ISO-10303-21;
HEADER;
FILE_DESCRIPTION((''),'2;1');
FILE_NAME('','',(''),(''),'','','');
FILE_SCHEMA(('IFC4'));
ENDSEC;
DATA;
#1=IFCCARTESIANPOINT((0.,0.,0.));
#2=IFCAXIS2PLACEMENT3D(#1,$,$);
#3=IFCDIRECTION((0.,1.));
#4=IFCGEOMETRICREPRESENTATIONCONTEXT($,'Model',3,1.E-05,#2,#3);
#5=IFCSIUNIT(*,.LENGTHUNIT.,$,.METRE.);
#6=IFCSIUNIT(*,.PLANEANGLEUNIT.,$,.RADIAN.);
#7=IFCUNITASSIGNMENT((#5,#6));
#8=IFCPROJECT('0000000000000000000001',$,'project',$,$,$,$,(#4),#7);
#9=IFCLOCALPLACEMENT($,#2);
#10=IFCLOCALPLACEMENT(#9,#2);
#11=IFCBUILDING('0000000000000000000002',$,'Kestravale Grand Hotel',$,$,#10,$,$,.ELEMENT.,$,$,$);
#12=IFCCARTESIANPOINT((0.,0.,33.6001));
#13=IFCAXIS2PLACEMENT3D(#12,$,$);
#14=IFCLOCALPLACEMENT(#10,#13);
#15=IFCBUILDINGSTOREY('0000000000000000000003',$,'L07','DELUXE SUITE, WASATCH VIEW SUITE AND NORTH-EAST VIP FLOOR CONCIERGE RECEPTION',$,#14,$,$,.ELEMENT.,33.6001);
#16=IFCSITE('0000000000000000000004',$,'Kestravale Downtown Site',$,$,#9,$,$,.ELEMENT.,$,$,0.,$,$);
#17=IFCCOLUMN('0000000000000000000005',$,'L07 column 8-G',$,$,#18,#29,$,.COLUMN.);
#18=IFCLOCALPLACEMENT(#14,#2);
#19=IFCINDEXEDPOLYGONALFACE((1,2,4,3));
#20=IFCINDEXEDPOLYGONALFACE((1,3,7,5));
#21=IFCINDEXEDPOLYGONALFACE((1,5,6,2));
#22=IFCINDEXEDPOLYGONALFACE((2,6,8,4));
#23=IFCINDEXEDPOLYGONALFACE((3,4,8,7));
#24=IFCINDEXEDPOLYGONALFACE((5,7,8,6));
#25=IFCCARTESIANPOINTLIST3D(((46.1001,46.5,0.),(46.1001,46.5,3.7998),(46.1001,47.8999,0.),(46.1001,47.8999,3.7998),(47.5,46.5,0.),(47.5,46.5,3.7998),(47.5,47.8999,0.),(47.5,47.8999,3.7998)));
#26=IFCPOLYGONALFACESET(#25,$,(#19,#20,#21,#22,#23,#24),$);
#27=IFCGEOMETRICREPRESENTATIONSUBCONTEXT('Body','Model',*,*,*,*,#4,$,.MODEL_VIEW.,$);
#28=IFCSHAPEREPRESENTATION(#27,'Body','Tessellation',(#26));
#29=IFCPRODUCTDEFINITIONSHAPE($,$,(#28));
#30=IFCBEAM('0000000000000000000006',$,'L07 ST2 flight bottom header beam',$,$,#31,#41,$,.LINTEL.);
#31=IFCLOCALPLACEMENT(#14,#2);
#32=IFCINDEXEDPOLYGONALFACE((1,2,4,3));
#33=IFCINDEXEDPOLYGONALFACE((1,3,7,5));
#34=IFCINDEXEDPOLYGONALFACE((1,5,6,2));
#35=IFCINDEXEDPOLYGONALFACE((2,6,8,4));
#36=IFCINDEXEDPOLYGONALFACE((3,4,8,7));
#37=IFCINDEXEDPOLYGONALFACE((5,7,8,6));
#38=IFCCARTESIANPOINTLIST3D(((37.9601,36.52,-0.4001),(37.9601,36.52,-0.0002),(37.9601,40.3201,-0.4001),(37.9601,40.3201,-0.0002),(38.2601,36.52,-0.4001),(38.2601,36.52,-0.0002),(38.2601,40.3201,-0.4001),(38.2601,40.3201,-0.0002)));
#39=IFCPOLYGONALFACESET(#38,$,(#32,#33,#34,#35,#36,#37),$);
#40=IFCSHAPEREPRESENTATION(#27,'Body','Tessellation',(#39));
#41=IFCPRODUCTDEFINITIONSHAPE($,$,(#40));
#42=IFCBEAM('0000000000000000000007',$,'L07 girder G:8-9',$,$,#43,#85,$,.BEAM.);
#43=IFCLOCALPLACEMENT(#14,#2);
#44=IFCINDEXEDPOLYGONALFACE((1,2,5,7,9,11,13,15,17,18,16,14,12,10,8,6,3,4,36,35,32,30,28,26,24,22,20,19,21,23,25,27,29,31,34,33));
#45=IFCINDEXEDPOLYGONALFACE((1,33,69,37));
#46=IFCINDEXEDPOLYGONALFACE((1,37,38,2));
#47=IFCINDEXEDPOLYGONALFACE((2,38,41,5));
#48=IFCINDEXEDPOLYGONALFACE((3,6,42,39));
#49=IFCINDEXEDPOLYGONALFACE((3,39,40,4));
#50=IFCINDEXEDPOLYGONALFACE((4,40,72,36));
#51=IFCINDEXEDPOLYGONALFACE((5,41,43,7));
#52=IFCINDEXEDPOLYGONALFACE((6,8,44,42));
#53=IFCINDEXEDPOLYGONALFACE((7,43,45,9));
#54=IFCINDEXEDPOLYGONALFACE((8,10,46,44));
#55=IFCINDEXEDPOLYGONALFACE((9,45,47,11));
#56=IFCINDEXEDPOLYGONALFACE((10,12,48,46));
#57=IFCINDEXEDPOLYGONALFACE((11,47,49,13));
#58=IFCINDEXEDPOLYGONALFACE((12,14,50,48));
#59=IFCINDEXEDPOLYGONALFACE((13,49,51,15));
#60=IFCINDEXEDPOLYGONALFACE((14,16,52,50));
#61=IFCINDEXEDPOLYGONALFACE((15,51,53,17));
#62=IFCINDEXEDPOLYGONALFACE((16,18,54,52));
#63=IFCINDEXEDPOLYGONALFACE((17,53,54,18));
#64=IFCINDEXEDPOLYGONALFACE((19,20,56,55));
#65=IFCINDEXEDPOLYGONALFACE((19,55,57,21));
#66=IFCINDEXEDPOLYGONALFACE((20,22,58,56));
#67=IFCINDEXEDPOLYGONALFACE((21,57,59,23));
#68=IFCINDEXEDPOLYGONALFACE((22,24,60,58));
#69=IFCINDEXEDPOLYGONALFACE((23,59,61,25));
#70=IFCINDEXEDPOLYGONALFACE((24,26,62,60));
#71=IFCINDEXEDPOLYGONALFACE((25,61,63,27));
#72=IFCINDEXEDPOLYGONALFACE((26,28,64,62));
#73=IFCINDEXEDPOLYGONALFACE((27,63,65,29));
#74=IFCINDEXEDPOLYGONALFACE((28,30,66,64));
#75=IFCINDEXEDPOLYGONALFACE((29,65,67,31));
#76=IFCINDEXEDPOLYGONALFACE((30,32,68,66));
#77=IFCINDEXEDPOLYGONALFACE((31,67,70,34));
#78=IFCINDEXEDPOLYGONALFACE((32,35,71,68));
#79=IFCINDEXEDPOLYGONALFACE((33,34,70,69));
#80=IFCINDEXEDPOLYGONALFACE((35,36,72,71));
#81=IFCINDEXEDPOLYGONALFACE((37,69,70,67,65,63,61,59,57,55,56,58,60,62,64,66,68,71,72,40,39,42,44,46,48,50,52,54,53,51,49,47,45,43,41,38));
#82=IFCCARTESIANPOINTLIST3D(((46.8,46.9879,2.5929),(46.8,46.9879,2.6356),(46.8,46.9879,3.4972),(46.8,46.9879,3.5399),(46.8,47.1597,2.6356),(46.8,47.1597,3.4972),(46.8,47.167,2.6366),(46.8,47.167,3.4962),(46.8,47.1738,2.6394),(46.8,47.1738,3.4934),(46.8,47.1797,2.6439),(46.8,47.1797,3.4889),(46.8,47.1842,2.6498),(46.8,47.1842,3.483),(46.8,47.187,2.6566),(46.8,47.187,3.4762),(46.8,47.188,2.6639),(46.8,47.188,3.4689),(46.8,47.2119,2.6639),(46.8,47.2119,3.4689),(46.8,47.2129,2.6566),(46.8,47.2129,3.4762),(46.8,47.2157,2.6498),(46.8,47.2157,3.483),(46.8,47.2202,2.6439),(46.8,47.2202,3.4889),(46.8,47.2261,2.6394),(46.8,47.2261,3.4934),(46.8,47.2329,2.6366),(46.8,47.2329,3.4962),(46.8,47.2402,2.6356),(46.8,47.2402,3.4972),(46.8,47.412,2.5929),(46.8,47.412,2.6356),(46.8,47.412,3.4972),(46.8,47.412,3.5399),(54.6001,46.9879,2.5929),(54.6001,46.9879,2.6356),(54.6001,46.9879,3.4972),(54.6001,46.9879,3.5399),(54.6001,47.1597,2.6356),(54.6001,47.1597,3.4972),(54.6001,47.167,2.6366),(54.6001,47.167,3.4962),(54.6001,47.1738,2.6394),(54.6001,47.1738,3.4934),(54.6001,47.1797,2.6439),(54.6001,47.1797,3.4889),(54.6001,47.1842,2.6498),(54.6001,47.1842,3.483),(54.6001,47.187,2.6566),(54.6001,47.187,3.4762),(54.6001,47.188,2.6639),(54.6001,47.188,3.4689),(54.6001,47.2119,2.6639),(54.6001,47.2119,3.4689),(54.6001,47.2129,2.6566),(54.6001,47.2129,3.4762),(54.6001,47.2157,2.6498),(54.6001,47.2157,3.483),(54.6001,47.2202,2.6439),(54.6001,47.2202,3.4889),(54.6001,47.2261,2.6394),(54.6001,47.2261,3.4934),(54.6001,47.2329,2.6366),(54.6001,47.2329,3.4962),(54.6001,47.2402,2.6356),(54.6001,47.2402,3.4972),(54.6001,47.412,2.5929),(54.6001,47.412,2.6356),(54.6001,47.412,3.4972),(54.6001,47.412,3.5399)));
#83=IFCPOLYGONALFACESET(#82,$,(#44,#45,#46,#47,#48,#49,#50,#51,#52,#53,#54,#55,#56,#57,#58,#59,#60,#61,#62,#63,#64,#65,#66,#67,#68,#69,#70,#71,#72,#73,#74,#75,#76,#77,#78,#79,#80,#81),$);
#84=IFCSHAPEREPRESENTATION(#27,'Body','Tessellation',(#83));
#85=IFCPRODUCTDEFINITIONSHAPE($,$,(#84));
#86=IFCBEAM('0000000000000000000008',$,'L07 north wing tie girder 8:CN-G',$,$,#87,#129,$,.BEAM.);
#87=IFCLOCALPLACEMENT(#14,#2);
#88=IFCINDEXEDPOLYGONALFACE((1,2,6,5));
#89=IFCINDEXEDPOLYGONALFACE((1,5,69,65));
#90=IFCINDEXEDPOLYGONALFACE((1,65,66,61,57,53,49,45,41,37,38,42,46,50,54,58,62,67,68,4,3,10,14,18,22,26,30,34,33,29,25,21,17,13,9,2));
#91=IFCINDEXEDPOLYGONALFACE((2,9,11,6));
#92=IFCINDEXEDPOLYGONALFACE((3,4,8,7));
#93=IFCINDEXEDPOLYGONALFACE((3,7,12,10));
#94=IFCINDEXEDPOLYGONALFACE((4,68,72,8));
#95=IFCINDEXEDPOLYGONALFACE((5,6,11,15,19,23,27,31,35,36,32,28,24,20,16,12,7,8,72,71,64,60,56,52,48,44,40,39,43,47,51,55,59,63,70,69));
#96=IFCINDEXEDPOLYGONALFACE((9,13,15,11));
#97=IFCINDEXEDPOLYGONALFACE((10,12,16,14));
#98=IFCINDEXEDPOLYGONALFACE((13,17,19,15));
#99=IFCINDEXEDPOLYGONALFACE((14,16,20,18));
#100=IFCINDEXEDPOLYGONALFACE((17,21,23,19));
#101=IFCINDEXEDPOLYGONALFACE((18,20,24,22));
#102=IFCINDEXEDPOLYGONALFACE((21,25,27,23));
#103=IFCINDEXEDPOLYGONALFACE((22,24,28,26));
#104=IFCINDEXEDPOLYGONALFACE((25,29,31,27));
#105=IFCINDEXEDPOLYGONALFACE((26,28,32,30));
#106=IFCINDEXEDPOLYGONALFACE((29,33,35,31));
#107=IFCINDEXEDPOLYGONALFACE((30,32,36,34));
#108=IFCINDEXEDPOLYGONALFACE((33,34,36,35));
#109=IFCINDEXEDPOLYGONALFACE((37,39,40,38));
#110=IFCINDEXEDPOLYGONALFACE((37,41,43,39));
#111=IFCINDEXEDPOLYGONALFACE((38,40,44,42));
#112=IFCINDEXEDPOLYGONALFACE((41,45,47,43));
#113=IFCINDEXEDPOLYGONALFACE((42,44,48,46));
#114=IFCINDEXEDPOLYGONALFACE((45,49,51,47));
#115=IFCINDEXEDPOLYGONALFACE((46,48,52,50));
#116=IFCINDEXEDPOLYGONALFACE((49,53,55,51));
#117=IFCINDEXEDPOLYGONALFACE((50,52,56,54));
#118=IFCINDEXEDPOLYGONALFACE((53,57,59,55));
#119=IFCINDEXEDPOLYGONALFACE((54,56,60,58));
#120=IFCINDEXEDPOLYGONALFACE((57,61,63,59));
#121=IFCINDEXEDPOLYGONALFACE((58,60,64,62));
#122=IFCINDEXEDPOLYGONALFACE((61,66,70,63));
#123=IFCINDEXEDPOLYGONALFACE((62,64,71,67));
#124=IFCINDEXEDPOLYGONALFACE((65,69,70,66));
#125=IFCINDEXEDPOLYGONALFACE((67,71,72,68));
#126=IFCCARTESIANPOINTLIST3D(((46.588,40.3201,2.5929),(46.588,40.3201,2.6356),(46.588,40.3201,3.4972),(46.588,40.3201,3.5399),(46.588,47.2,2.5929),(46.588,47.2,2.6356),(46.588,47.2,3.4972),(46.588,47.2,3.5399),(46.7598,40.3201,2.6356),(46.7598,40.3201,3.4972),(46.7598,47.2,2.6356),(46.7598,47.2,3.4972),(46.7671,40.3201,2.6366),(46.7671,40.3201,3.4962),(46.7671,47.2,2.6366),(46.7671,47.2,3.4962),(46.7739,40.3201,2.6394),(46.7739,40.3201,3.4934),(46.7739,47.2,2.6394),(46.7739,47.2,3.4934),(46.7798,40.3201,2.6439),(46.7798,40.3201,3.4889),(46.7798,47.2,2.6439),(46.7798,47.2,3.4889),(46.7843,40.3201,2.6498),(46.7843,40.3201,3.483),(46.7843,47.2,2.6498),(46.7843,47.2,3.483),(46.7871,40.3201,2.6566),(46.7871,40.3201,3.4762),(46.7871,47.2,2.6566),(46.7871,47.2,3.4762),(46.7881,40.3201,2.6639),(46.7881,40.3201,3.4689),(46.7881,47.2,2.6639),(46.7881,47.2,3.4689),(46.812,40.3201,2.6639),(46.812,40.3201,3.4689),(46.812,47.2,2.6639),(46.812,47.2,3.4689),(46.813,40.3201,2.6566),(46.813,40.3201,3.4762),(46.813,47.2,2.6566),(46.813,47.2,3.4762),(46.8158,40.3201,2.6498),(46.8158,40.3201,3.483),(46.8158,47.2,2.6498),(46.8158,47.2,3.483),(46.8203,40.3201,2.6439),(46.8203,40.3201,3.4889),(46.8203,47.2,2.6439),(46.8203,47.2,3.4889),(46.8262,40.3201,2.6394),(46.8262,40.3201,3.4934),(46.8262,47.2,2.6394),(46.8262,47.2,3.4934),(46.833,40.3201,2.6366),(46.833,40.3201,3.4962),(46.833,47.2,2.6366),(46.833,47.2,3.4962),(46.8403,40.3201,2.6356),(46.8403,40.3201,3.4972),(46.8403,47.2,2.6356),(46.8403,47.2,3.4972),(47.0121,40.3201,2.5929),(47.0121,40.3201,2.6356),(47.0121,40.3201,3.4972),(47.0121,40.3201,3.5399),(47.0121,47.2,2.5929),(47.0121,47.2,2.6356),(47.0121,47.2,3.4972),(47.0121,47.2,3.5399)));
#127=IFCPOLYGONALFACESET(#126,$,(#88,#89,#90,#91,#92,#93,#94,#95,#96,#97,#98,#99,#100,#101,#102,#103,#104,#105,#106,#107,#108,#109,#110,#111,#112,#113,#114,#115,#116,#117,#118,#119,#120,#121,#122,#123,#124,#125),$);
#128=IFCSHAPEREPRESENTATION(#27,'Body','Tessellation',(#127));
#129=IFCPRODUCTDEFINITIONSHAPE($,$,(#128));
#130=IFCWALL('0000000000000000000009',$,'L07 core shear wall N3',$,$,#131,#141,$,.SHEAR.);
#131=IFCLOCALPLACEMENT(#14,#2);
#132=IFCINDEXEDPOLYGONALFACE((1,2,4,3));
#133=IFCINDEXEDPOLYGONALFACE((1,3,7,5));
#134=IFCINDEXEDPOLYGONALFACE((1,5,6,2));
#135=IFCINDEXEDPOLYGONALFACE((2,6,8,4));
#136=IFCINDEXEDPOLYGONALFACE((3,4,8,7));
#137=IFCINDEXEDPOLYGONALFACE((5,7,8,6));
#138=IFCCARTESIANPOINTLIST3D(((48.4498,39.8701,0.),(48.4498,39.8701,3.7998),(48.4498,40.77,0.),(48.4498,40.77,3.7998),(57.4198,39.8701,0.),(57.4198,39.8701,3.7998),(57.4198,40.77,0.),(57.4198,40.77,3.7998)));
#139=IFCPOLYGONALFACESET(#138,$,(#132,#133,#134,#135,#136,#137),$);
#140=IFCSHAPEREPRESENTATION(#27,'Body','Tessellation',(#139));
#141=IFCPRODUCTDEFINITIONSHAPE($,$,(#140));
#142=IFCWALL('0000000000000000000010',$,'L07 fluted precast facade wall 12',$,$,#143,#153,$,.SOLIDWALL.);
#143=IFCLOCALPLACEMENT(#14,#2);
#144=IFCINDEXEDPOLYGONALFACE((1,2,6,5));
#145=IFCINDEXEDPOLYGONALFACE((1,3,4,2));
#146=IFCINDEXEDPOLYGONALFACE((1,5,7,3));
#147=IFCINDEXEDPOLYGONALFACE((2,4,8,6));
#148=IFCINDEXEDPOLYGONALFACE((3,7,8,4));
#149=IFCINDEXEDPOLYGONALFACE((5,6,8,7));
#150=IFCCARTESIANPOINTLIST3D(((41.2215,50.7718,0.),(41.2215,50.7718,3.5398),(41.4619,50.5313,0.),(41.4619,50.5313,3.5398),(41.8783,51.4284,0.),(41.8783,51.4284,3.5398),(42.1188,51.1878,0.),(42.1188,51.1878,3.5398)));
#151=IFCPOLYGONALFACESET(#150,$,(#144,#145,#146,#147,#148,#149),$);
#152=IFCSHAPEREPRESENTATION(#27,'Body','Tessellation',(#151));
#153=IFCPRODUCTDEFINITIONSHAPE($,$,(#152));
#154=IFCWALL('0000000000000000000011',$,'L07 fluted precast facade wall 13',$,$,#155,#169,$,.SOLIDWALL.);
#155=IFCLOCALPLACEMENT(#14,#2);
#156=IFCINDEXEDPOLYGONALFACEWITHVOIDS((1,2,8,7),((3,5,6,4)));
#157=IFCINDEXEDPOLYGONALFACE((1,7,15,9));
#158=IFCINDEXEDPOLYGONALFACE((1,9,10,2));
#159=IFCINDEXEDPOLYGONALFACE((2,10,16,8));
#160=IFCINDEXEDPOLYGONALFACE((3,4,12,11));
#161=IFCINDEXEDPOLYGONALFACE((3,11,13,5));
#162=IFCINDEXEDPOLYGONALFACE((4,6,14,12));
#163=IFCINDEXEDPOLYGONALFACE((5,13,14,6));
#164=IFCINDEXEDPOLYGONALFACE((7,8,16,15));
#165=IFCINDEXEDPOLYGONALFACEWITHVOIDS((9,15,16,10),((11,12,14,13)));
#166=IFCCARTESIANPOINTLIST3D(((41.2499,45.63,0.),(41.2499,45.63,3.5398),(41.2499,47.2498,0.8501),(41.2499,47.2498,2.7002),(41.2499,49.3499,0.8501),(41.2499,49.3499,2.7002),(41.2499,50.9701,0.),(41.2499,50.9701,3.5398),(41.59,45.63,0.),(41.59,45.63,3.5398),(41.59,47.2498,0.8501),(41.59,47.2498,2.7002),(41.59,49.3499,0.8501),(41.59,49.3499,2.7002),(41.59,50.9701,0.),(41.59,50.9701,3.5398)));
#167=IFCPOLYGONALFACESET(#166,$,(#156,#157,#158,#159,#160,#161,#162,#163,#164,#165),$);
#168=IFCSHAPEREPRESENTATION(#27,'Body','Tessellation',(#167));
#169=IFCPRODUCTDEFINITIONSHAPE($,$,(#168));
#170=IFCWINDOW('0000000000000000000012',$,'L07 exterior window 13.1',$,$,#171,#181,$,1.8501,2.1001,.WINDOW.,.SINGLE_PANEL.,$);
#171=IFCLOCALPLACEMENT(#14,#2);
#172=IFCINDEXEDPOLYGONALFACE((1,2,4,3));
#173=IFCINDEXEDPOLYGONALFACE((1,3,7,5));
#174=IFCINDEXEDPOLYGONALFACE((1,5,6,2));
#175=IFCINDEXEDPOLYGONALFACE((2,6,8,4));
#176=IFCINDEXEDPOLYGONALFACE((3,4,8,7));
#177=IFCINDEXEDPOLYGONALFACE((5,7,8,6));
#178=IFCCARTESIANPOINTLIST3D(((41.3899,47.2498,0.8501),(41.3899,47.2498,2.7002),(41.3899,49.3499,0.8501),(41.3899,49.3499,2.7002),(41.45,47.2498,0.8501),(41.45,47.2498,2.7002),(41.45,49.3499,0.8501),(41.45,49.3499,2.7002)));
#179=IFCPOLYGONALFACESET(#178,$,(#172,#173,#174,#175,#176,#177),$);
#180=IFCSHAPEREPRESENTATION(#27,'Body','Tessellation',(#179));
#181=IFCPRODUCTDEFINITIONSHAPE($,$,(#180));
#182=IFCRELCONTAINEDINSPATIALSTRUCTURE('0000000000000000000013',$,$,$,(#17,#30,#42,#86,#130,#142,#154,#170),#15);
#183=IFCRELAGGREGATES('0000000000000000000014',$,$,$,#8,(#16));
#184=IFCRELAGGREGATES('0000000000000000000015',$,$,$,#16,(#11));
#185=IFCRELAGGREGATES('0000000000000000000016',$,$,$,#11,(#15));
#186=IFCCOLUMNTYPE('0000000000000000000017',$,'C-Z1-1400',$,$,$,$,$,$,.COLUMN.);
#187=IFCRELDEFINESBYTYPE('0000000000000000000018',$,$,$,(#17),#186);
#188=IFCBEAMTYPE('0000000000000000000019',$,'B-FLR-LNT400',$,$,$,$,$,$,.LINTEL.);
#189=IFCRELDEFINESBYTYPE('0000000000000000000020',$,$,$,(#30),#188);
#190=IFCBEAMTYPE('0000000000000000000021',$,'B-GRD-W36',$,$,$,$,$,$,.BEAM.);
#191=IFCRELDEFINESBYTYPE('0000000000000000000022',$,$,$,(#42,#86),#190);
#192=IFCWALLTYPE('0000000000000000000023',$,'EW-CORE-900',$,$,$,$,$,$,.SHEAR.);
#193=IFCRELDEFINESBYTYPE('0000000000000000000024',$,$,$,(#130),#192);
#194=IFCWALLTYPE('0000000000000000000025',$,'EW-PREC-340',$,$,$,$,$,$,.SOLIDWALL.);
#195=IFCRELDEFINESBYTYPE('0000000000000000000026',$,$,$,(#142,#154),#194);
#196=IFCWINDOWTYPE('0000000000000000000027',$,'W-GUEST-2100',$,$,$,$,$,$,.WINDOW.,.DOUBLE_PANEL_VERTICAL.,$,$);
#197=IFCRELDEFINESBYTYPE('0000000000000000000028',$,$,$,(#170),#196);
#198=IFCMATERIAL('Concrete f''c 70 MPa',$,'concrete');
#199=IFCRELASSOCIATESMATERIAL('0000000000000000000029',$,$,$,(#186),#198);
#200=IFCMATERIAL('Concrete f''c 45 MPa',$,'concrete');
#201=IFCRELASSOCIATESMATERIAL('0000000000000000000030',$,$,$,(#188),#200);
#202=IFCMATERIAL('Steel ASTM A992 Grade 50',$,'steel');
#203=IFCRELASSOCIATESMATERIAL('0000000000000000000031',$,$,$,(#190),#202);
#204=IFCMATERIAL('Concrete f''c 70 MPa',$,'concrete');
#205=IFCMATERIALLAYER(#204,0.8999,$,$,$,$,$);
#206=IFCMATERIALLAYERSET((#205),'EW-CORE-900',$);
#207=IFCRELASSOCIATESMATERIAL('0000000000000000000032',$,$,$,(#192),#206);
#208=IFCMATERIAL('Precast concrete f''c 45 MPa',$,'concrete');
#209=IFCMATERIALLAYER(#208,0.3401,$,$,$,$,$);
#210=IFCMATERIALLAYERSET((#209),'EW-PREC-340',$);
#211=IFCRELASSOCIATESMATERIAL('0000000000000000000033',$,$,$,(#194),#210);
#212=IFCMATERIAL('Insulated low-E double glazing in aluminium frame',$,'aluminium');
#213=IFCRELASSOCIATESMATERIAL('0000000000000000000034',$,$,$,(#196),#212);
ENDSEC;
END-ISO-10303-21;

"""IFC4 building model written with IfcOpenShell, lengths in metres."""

from ifc_helpers import new_model, si_unit, direction, frame, frame_2d, origin, origin_2d, place, context, subcontext, project, spatial, rectangle, i_section, extrude, material, layer, layer_set, material_profile, profile_set, type_object, element, fill, save


model = new_model("IFC4")

# Units and contexts
model_context = context("Model", 3, precision=1e-05, world=origin(), true_north=direction((0.0, 1.0)))
body_context = subcontext(model_context, "Body", "Model", "MODEL_VIEW")
ifc_project = project(units=[si_unit("LENGTHUNIT", "METRE"), si_unit("PLANEANGLEUNIT", "RADIAN")], contexts=[model_context])

# Site, building, storey
site_placement = place(None, origin())
site = spatial("IfcSite", under=ifc_project, at=site_placement, Name="Kestravale Downtown Site", CompositionType="ELEMENT", RefElevation=0.0)
building_placement = place(site_placement, origin())
building = spatial("IfcBuilding", under=site, at=building_placement, Name="Kestravale Grand Hotel", CompositionType="ELEMENT")
storey_placement = place(building_placement, frame((0.0, 0.0, 33.6001)))
storey = spatial("IfcBuildingStorey", under=building, at=storey_placement, Name="L07", Description="DELUXE SUITE, WASATCH VIEW SUITE AND NORTH-EAST VIP FLOOR CONCIERGE RECEPTION", CompositionType="ELEMENT", Elevation=33.6001)

# Column
ifc_material_1 = material(Name="Concrete f'c 70 MPa", Category="concrete")
ifc_material_profile_1 = material_profile(ifc_material_1, rectangle(XDim=1.3999, YDim=1.3999, at=origin_2d()))
ifc_profile_set_1 = profile_set([ifc_material_profile_1], Name="Concrete f'c 70 MPa")
column_type = type_object("IfcColumnType", Name="C-Z1-1400", PredefinedType="COLUMN", material=ifc_profile_set_1)
column_placement = place(storey_placement, frame((46.8, 47.2, 0.0), z_axis=(0.0, 0.0, 1.0), x_axis=(1.0, 0.0, 0.0)))
element("IfcColumn", 1, at=column_placement, inside=storey, type_object=column_type, Name="L07 column 8-G", PredefinedType="COLUMN", context=body_context, shape_type="SweptSolid", body=[
    extrude(rectangle(XDim=1.3999, YDim=1.3999, at=origin_2d()), origin(), (0.0, 0.0, 1.0), 3.7998),
])

# Beams
ifc_material_2 = material(Name="Concrete f'c 45 MPa", Category="concrete")
ifc_material_profile_2 = material_profile(ifc_material_2, rectangle(XDim=0.3, YDim=0.3999, at=origin_2d()))
ifc_profile_set_2 = profile_set([ifc_material_profile_2], Name="Concrete f'c 45 MPa")
beam_type_1 = type_object("IfcBeamType", Name="B-FLR-LNT400", PredefinedType="LINTEL", material=ifc_profile_set_2)
beam_1_placement = place(storey_placement, frame((38.1101, 36.52, -0.2002), z_axis=(0.0, 1.0, 0.0), x_axis=(-1.0, 0.0, 0.0)))
element("IfcBeam", 2, at=beam_1_placement, inside=storey, type_object=beam_type_1, Name="L07 ST2 flight bottom header beam", PredefinedType="LINTEL", context=body_context, shape_type="SweptSolid", body=[
    extrude(rectangle(XDim=0.3, YDim=0.3999, at=origin_2d()), origin(), (0.0, 0.0, 1.0), 3.8),
])
ifc_material_3 = material(Name="Steel ASTM A992 Grade 50", Category="steel")
ifc_material_profile_3 = material_profile(ifc_material_3, i_section(OverallWidth=0.4241, OverallDepth=0.947, WebThickness=0.0239, FlangeThickness=0.0427, FilletRadius=0.0283, at=origin_2d()))
ifc_profile_set_3 = profile_set([ifc_material_profile_3], Name="Steel ASTM A992 Grade 50")
beam_type_2 = type_object("IfcBeamType", Name="B-GRD-W36", PredefinedType="BEAM", material=ifc_profile_set_3)
beam_2_placement = place(storey_placement, frame((46.8, 47.2, 3.0664), z_axis=(1.0, 0.0, 0.0), x_axis=(0.0, 1.0, 0.0)))
element("IfcBeam", 3, at=beam_2_placement, inside=storey, type_object=beam_type_2, Name="L07 girder G:8-9", PredefinedType="BEAM", context=body_context, shape_type="SweptSolid", body=[
    extrude(i_section(OverallWidth=0.4241, OverallDepth=0.947, WebThickness=0.0239, FlangeThickness=0.0427, FilletRadius=0.0283, at=origin_2d()), origin(), (0.0, 0.0, 1.0), 7.8),
])
beam_3_placement = place(storey_placement, frame((46.8, 40.3201, 3.0664), z_axis=(0.0, 1.0, 0.0), x_axis=(-1.0, 0.0, 0.0)))
element("IfcBeam", 4, at=beam_3_placement, inside=storey, type_object=beam_type_2, Name="L07 north wing tie girder 8:CN-G", PredefinedType="BEAM", context=body_context, shape_type="SweptSolid", body=[
    extrude(i_section(OverallWidth=0.4241, OverallDepth=0.947, WebThickness=0.0239, FlangeThickness=0.0427, FilletRadius=0.0283, at=origin_2d()), origin(), (0.0, 0.0, 1.0), 6.8799),
])

# Walls
ifc_material_4 = material(Name="Concrete f'c 70 MPa", Category="concrete")
ifc_layer_1 = layer(ifc_material_4, 0.8999)
ifc_layer_set_1 = layer_set([ifc_layer_1], Name="EW-CORE-900")
wall_type_1 = type_object("IfcWallType", Name="EW-CORE-900", PredefinedType="SHEAR", material=ifc_layer_set_1)
wall_1_placement = place(storey_placement, frame((48.45, 40.3201, 0.0), z_axis=(0.0, 0.0, 1.0), x_axis=(1.0, 0.0, 0.0)))
element("IfcWall", 5, at=wall_1_placement, inside=storey, type_object=wall_type_1, Name="L07 core shear wall N3", PredefinedType="SHEAR", context=body_context, shape_type="SweptSolid", body=[
    extrude(rectangle(XDim=8.97, YDim=0.8999, at=frame_2d((4.4849, 0.0))), origin(), (0.0, 0.0, 1.0), 3.7998),
])
ifc_material_5 = material(Name="Precast concrete f'c 45 MPa", Category="concrete")
ifc_layer_2 = layer(ifc_material_5, 0.3401)
ifc_layer_set_2 = layer_set([ifc_layer_2], Name="EW-PREC-340")
wall_type_2 = type_object("IfcWallType", Name="EW-PREC-340", PredefinedType="SOLIDWALL", material=ifc_layer_set_2)
wall_2_placement = place(storey_placement, frame((41.9985, 51.3081, 0.0), z_axis=(0.0, 0.0, 1.0), x_axis=(-0.707238, -0.706975, 0.0)))
element("IfcWall", 6, at=wall_2_placement, inside=storey, type_object=wall_type_2, Name="L07 fluted precast facade wall 12", PredefinedType="SOLIDWALL", context=body_context, shape_type="SweptSolid", body=[
    extrude(rectangle(XDim=0.9287, YDim=0.3401, at=frame_2d((0.4644, 0.0))), origin(), (0.0, 0.0, 1.0), 3.5398),
])

# Wall, opening, window
wall_3_placement = place(storey_placement, frame((41.4199, 50.97, 0.0), z_axis=(0.0, 0.0, 1.0), x_axis=(0.0, -1.0, 0.0)))
wall_3 = element("IfcWall", 7, at=wall_3_placement, inside=storey, type_object=wall_type_2, Name="L07 fluted precast facade wall 13", PredefinedType="SOLIDWALL", context=body_context, shape_type="SweptSolid", body=[
    extrude(rectangle(XDim=5.3401, YDim=0.3401, at=frame_2d((2.6699, 0.0))), origin(), (0.0, 0.0, 1.0), 3.5398),
])
opening_1_placement = place(wall_3_placement, frame((1.6201, 0.0, 0.8501)))
opening_1 = element("IfcOpeningElement", 8, at=opening_1_placement, cuts=wall_3, PredefinedType="OPENING", context=body_context, shape_type="SweptSolid", body=[
    extrude(rectangle(XDim=2.1001, YDim=1.8501, at=frame_2d((1.05, 0.925))), frame((0.0, 0.1799, 0.0), z_axis=(0.0, -1.0, 0.0), x_axis=(1.0, 0.0, 0.0)), (0.0, 0.0, 1.0), 0.3601),
])
ifc_material_6 = material(Name="Insulated low-E double glazing in aluminium frame", Category="aluminium")
window_type = type_object("IfcWindowType", Name="W-GUEST-2100", PartitioningType="DOUBLE_PANEL_VERTICAL", PredefinedType="WINDOW", material=ifc_material_6)
window_1_placement = place(opening_1_placement, origin())
window_1 = element("IfcWindow", 9, at=window_1_placement, inside=storey, type_object=window_type, Name="L07 exterior window 13.1", OverallHeight=1.8501, OverallWidth=2.1001, PartitioningType="SINGLE_PANEL", PredefinedType="WINDOW", context=body_context, shape_type="SweptSolid", body=[
    extrude(rectangle(XDim=2.1001, YDim=1.8501, at=frame_2d((1.05, 0.925))), frame((0.0, 0.03, 0.0), z_axis=(0.0, -1.0, 0.0), x_axis=(1.0, 0.0, 0.0)), (0.0, 0.0, 1.0), 0.0601),
])
fill(opening_1, window_1)

save(model, "model.ifc")
